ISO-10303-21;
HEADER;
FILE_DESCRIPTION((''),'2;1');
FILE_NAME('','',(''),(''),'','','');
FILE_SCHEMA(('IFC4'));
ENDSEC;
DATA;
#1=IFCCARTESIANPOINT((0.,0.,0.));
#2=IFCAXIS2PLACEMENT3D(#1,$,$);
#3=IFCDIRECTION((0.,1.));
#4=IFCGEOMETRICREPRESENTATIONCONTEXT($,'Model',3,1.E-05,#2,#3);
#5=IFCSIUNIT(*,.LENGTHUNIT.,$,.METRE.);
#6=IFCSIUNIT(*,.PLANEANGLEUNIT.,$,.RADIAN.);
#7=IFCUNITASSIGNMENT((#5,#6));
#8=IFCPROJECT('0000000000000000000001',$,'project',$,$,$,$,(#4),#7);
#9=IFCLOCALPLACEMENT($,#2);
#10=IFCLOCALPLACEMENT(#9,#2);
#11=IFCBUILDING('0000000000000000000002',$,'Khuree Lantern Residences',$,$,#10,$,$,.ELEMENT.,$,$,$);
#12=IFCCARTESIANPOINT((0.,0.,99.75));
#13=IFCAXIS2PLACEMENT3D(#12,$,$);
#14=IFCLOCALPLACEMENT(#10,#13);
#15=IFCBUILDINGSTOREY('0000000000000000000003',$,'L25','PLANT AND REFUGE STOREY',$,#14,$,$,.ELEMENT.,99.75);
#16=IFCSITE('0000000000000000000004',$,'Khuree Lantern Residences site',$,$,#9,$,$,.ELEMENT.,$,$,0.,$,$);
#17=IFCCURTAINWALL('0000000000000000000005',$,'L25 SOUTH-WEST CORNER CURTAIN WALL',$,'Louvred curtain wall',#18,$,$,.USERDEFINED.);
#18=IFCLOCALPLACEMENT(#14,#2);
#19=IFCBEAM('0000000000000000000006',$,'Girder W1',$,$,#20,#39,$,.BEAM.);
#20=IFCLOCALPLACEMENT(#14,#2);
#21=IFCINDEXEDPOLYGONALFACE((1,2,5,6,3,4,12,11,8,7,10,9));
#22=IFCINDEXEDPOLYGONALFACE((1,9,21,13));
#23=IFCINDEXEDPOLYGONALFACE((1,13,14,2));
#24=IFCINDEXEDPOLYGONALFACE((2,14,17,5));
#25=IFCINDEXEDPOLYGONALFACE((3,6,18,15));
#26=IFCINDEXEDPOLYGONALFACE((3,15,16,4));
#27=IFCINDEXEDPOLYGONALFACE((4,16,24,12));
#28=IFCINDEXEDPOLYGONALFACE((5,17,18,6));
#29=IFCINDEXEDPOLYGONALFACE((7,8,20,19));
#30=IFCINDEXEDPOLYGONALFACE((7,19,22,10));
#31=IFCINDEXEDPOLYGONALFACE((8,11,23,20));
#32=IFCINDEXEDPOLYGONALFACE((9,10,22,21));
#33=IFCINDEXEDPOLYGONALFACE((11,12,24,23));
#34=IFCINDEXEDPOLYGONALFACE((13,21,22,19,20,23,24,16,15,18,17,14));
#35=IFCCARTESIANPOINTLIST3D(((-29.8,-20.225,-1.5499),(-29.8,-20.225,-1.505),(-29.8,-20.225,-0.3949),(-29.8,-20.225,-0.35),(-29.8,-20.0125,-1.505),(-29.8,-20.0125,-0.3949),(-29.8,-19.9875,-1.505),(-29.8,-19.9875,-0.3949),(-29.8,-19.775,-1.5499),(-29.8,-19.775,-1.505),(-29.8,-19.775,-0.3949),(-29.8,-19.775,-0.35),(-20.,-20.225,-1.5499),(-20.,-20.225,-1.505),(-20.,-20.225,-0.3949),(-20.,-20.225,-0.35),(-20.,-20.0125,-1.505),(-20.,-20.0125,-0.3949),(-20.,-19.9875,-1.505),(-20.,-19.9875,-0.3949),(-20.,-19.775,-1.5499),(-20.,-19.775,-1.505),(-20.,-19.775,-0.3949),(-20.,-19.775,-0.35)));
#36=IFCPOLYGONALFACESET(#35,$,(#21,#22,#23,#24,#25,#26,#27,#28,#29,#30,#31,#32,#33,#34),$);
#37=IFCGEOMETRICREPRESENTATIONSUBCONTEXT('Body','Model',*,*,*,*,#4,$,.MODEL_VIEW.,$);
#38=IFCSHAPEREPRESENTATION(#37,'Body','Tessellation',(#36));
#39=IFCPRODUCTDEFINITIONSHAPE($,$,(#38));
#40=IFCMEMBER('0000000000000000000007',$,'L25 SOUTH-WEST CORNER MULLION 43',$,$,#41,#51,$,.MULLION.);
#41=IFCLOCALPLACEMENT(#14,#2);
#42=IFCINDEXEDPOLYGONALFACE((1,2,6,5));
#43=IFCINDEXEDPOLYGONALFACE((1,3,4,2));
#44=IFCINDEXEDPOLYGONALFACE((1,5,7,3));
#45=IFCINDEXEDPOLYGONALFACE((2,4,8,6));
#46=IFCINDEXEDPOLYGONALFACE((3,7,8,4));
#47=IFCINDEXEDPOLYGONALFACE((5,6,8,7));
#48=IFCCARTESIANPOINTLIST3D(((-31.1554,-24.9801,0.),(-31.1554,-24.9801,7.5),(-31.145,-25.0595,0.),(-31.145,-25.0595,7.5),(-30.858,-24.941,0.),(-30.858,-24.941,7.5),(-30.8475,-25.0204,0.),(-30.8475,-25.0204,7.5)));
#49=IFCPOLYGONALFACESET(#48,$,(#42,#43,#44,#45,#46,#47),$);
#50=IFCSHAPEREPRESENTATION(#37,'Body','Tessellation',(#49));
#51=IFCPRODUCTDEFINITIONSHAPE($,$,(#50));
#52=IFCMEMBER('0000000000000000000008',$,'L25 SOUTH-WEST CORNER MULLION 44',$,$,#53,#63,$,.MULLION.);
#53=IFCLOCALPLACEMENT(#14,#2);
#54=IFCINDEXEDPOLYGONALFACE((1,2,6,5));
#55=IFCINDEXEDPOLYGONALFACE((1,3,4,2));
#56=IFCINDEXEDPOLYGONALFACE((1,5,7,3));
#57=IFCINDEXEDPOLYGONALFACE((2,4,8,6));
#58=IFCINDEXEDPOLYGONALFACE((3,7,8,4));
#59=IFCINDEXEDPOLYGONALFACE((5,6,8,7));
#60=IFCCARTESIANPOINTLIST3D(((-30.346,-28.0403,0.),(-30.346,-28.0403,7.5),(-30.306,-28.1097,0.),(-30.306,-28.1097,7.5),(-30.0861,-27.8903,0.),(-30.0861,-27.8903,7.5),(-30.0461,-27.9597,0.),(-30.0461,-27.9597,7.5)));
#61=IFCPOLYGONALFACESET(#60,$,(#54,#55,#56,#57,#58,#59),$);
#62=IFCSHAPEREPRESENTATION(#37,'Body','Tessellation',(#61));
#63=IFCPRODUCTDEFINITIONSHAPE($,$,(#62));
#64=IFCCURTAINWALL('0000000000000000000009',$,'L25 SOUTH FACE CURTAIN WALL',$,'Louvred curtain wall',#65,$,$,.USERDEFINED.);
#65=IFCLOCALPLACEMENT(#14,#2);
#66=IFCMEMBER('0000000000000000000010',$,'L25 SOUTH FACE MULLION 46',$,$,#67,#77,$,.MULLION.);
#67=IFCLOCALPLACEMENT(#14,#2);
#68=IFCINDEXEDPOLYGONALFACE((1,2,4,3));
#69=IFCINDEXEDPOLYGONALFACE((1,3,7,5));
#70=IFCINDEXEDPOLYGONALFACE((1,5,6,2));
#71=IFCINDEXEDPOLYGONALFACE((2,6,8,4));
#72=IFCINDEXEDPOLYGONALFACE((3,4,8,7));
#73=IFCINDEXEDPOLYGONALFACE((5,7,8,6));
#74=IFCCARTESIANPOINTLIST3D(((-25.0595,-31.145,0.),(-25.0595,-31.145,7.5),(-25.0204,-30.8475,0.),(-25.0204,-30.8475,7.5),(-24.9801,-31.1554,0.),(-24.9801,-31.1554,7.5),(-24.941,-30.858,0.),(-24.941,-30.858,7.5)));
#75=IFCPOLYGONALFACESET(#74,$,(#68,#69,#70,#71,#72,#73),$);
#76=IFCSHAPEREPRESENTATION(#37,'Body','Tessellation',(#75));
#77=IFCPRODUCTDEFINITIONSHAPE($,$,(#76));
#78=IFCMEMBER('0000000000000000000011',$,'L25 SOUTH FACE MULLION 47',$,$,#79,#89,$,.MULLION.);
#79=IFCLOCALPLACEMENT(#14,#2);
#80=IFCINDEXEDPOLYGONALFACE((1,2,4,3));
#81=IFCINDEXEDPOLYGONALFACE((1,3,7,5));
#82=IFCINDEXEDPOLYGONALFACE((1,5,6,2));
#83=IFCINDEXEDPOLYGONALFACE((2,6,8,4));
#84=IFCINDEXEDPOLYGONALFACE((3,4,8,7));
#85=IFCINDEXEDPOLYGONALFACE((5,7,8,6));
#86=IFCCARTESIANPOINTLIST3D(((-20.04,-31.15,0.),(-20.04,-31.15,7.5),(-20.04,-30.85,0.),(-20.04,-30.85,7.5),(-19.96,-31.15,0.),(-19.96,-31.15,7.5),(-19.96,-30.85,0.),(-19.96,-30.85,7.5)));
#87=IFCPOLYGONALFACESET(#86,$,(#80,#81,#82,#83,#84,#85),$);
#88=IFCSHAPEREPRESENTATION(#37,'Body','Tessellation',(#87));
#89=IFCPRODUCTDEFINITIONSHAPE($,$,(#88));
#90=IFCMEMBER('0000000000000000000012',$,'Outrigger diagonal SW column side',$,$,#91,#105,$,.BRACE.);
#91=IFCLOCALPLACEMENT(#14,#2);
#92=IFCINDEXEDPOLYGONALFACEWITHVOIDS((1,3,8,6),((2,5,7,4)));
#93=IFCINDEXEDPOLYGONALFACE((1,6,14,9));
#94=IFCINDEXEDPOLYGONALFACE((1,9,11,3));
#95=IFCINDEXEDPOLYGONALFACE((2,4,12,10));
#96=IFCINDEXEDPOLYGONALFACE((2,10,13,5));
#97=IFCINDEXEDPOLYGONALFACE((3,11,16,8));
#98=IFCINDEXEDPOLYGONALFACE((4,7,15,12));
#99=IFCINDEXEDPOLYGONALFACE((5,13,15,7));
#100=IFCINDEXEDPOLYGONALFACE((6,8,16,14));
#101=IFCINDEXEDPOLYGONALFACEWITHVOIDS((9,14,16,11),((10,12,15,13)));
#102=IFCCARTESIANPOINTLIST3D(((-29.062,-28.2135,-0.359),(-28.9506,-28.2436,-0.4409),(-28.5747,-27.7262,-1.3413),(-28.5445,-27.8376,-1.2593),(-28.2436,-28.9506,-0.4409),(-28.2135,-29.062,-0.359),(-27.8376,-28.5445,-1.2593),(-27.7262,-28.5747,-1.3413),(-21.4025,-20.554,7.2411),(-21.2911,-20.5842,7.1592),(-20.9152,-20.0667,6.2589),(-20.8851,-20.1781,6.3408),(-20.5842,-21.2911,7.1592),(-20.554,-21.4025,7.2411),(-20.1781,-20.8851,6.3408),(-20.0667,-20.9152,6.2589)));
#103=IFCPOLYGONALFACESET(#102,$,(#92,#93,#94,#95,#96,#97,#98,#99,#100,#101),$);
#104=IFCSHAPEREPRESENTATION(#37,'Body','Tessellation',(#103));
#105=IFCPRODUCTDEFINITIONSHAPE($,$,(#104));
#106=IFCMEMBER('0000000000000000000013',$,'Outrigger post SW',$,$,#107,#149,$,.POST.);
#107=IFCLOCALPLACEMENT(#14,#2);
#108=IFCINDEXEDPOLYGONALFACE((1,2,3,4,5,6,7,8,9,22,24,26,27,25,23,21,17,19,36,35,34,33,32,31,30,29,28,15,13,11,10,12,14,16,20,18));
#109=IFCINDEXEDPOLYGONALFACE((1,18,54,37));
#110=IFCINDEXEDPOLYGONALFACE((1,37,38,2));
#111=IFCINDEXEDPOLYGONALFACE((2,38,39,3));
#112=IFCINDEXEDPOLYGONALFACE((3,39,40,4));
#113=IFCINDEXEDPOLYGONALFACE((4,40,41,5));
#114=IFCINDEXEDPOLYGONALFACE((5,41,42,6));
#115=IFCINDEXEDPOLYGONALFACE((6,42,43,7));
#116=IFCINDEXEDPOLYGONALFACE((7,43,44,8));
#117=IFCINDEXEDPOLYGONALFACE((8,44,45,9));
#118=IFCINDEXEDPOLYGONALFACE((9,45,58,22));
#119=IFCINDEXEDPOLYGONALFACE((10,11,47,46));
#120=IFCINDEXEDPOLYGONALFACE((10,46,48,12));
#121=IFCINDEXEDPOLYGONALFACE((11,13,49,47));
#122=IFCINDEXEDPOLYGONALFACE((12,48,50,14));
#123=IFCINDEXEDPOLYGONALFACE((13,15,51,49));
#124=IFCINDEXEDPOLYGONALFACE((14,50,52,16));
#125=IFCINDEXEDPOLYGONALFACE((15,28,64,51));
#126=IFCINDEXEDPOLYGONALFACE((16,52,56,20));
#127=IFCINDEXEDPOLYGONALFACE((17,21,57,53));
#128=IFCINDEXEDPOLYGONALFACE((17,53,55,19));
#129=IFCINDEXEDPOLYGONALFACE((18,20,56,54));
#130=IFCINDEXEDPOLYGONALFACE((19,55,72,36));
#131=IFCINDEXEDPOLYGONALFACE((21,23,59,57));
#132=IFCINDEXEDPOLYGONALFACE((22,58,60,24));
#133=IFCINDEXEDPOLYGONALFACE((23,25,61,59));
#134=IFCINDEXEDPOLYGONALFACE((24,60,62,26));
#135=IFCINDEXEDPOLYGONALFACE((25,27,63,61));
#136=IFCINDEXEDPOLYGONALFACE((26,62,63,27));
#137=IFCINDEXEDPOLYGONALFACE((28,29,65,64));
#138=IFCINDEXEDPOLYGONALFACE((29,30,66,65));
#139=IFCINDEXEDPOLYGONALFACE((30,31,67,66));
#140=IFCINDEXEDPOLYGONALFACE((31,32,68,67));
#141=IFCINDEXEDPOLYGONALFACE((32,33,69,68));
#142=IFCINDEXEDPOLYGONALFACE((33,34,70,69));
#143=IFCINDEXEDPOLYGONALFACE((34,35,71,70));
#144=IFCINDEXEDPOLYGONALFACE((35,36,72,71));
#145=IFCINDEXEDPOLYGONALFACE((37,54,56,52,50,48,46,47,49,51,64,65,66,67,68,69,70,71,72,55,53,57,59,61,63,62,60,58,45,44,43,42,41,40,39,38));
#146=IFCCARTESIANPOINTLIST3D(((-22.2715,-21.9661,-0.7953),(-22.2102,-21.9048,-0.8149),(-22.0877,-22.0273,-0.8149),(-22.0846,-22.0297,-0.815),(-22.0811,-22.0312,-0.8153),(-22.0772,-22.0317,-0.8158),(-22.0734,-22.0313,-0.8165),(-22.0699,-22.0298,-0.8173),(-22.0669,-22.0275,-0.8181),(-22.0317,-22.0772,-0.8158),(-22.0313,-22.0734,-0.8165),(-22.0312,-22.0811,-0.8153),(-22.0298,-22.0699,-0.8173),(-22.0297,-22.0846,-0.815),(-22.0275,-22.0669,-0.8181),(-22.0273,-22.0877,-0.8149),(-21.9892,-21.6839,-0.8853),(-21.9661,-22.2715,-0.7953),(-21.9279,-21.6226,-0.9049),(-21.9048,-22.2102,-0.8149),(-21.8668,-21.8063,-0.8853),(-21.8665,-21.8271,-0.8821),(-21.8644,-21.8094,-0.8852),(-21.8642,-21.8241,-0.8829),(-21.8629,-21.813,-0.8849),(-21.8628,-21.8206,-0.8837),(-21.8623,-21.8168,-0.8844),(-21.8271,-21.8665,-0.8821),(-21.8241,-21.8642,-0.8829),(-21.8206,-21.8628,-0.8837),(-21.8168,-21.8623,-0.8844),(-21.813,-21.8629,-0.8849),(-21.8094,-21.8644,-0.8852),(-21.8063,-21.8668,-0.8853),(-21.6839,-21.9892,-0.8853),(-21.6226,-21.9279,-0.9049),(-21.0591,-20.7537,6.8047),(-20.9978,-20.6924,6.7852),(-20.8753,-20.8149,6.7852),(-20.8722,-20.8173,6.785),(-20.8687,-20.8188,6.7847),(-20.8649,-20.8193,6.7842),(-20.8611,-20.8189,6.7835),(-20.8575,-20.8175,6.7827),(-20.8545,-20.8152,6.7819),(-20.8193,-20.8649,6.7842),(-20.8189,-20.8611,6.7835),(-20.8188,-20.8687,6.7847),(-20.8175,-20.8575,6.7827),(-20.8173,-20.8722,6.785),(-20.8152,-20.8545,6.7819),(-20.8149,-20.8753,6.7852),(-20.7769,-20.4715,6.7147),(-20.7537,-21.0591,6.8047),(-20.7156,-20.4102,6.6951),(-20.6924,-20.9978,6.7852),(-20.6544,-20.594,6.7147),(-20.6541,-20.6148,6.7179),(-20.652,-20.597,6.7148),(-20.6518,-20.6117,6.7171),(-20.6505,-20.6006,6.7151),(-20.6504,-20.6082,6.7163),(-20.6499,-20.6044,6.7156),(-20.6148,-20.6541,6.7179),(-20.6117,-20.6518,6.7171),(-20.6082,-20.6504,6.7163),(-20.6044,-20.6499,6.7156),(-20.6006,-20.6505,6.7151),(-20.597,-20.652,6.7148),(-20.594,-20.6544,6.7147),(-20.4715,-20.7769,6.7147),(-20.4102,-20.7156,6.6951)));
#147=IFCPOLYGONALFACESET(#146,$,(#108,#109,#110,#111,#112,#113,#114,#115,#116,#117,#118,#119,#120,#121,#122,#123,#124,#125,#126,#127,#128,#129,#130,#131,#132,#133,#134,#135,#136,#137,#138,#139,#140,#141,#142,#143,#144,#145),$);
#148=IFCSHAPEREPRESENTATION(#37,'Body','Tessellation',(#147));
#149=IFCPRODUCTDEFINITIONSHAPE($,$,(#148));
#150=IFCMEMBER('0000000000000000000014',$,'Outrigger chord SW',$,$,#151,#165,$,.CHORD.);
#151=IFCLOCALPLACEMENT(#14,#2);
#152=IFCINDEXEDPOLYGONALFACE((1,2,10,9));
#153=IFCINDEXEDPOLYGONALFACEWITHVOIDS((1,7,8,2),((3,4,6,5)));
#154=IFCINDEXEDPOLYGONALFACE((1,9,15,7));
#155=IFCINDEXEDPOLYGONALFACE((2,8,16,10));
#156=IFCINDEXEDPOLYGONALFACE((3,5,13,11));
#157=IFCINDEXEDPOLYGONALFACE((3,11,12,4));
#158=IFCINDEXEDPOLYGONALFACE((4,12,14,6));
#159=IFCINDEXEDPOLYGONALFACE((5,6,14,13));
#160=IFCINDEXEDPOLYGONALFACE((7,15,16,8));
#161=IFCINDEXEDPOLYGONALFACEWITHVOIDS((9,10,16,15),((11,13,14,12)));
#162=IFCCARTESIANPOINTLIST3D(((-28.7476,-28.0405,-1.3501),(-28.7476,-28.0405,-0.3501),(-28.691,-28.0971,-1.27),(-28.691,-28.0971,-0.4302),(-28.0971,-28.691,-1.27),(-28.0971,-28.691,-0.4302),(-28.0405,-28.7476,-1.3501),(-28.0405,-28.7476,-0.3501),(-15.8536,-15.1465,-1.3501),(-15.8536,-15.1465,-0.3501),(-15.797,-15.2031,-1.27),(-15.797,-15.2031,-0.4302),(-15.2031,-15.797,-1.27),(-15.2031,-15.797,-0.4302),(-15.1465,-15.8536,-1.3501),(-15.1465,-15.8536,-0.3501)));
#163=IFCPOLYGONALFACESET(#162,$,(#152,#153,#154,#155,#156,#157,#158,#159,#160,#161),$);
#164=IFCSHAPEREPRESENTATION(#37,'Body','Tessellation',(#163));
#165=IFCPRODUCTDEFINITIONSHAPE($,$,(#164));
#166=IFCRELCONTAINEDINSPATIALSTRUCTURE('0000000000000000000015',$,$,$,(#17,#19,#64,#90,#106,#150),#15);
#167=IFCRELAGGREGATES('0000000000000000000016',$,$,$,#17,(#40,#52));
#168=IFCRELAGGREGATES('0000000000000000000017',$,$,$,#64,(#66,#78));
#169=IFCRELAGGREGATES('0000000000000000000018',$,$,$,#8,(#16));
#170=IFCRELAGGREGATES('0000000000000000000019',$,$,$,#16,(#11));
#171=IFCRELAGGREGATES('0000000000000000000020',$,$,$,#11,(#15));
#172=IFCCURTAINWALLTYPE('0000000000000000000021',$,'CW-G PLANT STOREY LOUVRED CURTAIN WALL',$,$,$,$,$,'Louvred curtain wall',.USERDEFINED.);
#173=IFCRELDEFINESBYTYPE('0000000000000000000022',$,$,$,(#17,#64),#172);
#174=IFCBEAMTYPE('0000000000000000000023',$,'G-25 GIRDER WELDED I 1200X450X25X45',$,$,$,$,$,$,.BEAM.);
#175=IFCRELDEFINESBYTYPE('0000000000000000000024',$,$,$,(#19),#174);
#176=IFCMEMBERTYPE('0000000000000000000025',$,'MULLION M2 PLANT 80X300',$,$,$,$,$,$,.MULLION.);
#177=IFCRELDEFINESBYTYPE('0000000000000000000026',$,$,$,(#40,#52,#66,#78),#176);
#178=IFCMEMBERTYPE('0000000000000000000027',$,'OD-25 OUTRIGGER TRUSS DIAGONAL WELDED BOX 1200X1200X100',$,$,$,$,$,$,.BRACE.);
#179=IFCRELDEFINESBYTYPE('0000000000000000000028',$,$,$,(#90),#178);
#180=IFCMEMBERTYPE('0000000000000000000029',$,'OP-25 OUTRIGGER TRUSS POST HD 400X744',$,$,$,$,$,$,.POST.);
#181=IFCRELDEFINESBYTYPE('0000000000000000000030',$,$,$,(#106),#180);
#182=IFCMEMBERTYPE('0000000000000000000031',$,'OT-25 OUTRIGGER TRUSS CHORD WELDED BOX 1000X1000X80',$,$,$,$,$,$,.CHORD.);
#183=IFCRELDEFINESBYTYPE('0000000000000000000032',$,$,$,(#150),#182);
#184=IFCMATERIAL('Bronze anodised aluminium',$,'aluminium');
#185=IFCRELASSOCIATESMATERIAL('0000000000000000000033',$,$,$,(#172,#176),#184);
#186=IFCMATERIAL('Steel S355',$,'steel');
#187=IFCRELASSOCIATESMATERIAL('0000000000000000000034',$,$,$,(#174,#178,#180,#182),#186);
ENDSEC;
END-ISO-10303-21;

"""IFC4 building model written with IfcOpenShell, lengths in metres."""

from ifc_helpers import new_model, si_unit, direction, frame, origin, origin_2d, place, context, subcontext, project, spatial, rectangle, hollow_rectangle, i_section, extrude, material, material_profile, profile_set, type_object, element, aggregate, save


model = new_model("IFC4")

# Units and contexts
model_context = context("Model", 3, precision=1e-05, world=origin(), true_north=direction((0.0, 1.0)))
body_context = subcontext(model_context, "Body", "Model", "MODEL_VIEW")
ifc_project = project(units=[si_unit("LENGTHUNIT", "METRE"), si_unit("PLANEANGLEUNIT", "RADIAN")], contexts=[model_context])

# Site, building, storey
site_placement = place(None, origin())
site = spatial("IfcSite", under=ifc_project, at=site_placement, Name="Khuree Lantern Residences site", CompositionType="ELEMENT", RefElevation=0.0)
building_placement = place(site_placement, origin())
building = spatial("IfcBuilding", under=site, at=building_placement, Name="Khuree Lantern Residences", CompositionType="ELEMENT")
storey_placement = place(building_placement, frame((0.0, 0.0, 99.75)))
storey = spatial("IfcBuildingStorey", under=building, at=storey_placement, Name="L25", Description="PLANT AND REFUGE STOREY", CompositionType="ELEMENT", Elevation=99.75)

# Shared definitions
ifc_material_1 = material(Name="Steel S355", Category="steel")

# Curtain wall
ifc_material_2 = material(Name="Bronze anodised aluminium", Category="aluminium")
curtain_wall_type = type_object("IfcCurtainWallType", Name="CW-G PLANT STOREY LOUVRED CURTAIN WALL", ElementType="Louvred curtain wall", PredefinedType="USERDEFINED", material=ifc_material_2)
curtain_wall_1_placement = place(storey_placement, origin())
curtain_wall_1 = element("IfcCurtainWall", 1, at=curtain_wall_1_placement, inside=storey, type_object=curtain_wall_type, Name="L25 SOUTH-WEST CORNER CURTAIN WALL", ObjectType="Louvred curtain wall", PredefinedType="USERDEFINED")

# Beam
ifc_material_profile_1 = material_profile(ifc_material_1, i_section(OverallWidth=0.45, OverallDepth=1.2, WebThickness=0.0249, FlangeThickness=0.0449, at=origin_2d()), Name="WELDED I 1200X450X25X45")
ifc_profile_set_1 = profile_set([ifc_material_profile_1], Name="Steel S355")
beam_type_1 = type_object("IfcBeamType", Name="G-25 GIRDER WELDED I 1200X450X25X45", PredefinedType="BEAM", material=ifc_profile_set_1)
beam_placement = place(storey_placement, frame((-29.8, -20.0, -0.95), z_axis=(1.0, 0.0, 0.0), x_axis=(0.0, 1.0, 0.0)))
element("IfcBeam", 2, at=beam_placement, inside=storey, type_object=beam_type_1, Name="Girder W1", PredefinedType="BEAM", context=body_context, shape_type="SweptSolid", body=[
    extrude(i_section(OverallWidth=0.45, OverallDepth=1.2, WebThickness=0.0249, FlangeThickness=0.0449, at=origin_2d()), origin(), (0.0, 0.0, 1.0), 9.8),
])

# Members
ifc_material_profile_2 = material_profile(ifc_material_2, rectangle(XDim=0.0801, YDim=0.3, at=origin_2d()), Name="M2 80X300")
ifc_profile_set_2 = profile_set([ifc_material_profile_2], Name="Bronze anodised aluminium")
member_type_1 = type_object("IfcMemberType", Name="MULLION M2 PLANT 80X300", PredefinedType="MULLION", material=ifc_profile_set_2)
member_1_placement = place(storey_placement, frame((-31.0015, -25.0002, 0.0), z_axis=(0.0, 0.0, 1.0), x_axis=(0.130526, -0.991445, 0.0)))
member_1 = element("IfcMember", 3, at=member_1_placement, type_object=member_type_1, Name="L25 SOUTH-WEST CORNER MULLION 43", PredefinedType="MULLION", context=body_context, shape_type="SweptSolid", body=[
    extrude(rectangle(XDim=0.0801, YDim=0.3, at=origin_2d()), origin(), (0.0, 0.0, 1.0), 7.5),
])
member_2_placement = place(storey_placement, frame((-30.196, -28.0, 0.0), z_axis=(0.0, 0.0, 1.0), x_axis=(0.5, -0.866025, 0.0)))
member_2 = element("IfcMember", 4, at=member_2_placement, type_object=member_type_1, Name="L25 SOUTH-WEST CORNER MULLION 44", PredefinedType="MULLION", context=body_context, shape_type="SweptSolid", body=[
    extrude(rectangle(XDim=0.0801, YDim=0.3, at=origin_2d()), origin(), (0.0, 0.0, 1.0), 7.5),
])

# Curtain wall, members
curtain_wall_2_placement = place(storey_placement, origin())
curtain_wall_2 = element("IfcCurtainWall", 5, at=curtain_wall_2_placement, inside=storey, type_object=curtain_wall_type, Name="L25 SOUTH FACE CURTAIN WALL", ObjectType="Louvred curtain wall", PredefinedType="USERDEFINED")
member_3_placement = place(storey_placement, frame((-25.0002, -31.0015, 0.0), z_axis=(0.0, 0.0, 1.0), x_axis=(0.991445, -0.130526, 0.0)))
member_3 = element("IfcMember", 6, at=member_3_placement, type_object=member_type_1, Name="L25 SOUTH FACE MULLION 46", PredefinedType="MULLION", context=body_context, shape_type="SweptSolid", body=[
    extrude(rectangle(XDim=0.0801, YDim=0.3, at=origin_2d()), origin(), (0.0, 0.0, 1.0), 7.5),
])
member_4_placement = place(storey_placement, frame((-20.0, -31.0, 0.0), z_axis=(0.0, 0.0, 1.0), x_axis=(1.0, 0.0, 0.0)))
member_4 = element("IfcMember", 7, at=member_4_placement, type_object=member_type_1, Name="L25 SOUTH FACE MULLION 47", PredefinedType="MULLION", context=body_context, shape_type="SweptSolid", body=[
    extrude(rectangle(XDim=0.0801, YDim=0.3, at=origin_2d()), origin(), (0.0, 0.0, 1.0), 7.5),
])

# Members
ifc_material_profile_3 = material_profile(ifc_material_1, hollow_rectangle(XDim=1.2, YDim=1.2, WallThickness=0.1001, at=origin_2d()), Name="WELDED BOX 1200X1200X100")
ifc_profile_set_3 = profile_set([ifc_material_profile_3], Name="Steel S355")
member_type_2 = type_object("IfcMemberType", Name="OD-25 OUTRIGGER TRUSS DIAGONAL WELDED BOX 1200X1200X100", PredefinedType="BRACE", material=ifc_profile_set_3)
member_5_placement = place(storey_placement, frame((-20.7346, -20.7346, 6.75), z_axis=(-0.578841, -0.578841, -0.574357), x_axis=(0.707107, -0.707107, 0.0)))
element("IfcMember", 8, at=member_5_placement, inside=storey, type_object=member_type_2, Name="Outrigger diagonal SW column side", PredefinedType="BRACE", context=body_context, shape_type="SweptSolid", body=[
    extrude(hollow_rectangle(XDim=1.2, YDim=1.2, WallThickness=0.1001, at=origin_2d()), origin(), (0.0, 0.0, 1.0), 13.2324),
])
ifc_material_profile_4 = material_profile(ifc_material_1, i_section(OverallWidth=0.4319, OverallDepth=0.498, WebThickness=0.0557, FlangeThickness=0.0889, FilletRadius=0.0149, at=origin_2d()), Name="HD 400X744")
ifc_profile_set_4 = profile_set([ifc_material_profile_4], Name="Steel S355")
member_type_3 = type_object("IfcMemberType", Name="OP-25 OUTRIGGER TRUSS POST HD 400X744", PredefinedType="POST", material=ifc_profile_set_4)
member_6_placement = place(storey_placement, frame((-21.947, -21.947, -0.8501), z_axis=(0.155614, 0.155614, 0.975484), x_axis=(-0.707107, 0.707107, 0.0)))
element("IfcMember", 9, at=member_6_placement, inside=storey, type_object=member_type_3, Name="Outrigger post SW", PredefinedType="POST", context=body_context, shape_type="SweptSolid", body=[
    extrude(i_section(OverallWidth=0.4319, OverallDepth=0.498, WebThickness=0.0557, FlangeThickness=0.0889, FilletRadius=0.0149, at=origin_2d()), origin(), (0.0, 0.0, 1.0), 7.791),
])
ifc_material_profile_5 = material_profile(ifc_material_1, hollow_rectangle(XDim=1.0, YDim=1.0, WallThickness=0.0801, at=origin_2d()), Name="WELDED BOX 1000X1000X80")
ifc_profile_set_5 = profile_set([ifc_material_profile_5], Name="Steel S355")
member_type_4 = type_object("IfcMemberType", Name="OT-25 OUTRIGGER TRUSS CHORD WELDED BOX 1000X1000X80", PredefinedType="CHORD", material=ifc_profile_set_5)
member_7_placement = place(storey_placement, frame((-28.394, -28.394, -0.8501), z_axis=(0.707107, 0.707107, 0.0), x_axis=(-0.707107, 0.707107, 0.0)))
element("IfcMember", 10, at=member_7_placement, inside=storey, type_object=member_type_4, Name="Outrigger chord SW", PredefinedType="CHORD", context=body_context, shape_type="SweptSolid", body=[
    extrude(hollow_rectangle(XDim=1.0, YDim=1.0, WallThickness=0.0801, at=origin_2d()), origin(), (0.0, 0.0, 1.0), 18.2349),
])

aggregate(curtain_wall_1, [member_1, member_2])
aggregate(curtain_wall_2, [member_3, member_4])

save(model, "model.ifc")
